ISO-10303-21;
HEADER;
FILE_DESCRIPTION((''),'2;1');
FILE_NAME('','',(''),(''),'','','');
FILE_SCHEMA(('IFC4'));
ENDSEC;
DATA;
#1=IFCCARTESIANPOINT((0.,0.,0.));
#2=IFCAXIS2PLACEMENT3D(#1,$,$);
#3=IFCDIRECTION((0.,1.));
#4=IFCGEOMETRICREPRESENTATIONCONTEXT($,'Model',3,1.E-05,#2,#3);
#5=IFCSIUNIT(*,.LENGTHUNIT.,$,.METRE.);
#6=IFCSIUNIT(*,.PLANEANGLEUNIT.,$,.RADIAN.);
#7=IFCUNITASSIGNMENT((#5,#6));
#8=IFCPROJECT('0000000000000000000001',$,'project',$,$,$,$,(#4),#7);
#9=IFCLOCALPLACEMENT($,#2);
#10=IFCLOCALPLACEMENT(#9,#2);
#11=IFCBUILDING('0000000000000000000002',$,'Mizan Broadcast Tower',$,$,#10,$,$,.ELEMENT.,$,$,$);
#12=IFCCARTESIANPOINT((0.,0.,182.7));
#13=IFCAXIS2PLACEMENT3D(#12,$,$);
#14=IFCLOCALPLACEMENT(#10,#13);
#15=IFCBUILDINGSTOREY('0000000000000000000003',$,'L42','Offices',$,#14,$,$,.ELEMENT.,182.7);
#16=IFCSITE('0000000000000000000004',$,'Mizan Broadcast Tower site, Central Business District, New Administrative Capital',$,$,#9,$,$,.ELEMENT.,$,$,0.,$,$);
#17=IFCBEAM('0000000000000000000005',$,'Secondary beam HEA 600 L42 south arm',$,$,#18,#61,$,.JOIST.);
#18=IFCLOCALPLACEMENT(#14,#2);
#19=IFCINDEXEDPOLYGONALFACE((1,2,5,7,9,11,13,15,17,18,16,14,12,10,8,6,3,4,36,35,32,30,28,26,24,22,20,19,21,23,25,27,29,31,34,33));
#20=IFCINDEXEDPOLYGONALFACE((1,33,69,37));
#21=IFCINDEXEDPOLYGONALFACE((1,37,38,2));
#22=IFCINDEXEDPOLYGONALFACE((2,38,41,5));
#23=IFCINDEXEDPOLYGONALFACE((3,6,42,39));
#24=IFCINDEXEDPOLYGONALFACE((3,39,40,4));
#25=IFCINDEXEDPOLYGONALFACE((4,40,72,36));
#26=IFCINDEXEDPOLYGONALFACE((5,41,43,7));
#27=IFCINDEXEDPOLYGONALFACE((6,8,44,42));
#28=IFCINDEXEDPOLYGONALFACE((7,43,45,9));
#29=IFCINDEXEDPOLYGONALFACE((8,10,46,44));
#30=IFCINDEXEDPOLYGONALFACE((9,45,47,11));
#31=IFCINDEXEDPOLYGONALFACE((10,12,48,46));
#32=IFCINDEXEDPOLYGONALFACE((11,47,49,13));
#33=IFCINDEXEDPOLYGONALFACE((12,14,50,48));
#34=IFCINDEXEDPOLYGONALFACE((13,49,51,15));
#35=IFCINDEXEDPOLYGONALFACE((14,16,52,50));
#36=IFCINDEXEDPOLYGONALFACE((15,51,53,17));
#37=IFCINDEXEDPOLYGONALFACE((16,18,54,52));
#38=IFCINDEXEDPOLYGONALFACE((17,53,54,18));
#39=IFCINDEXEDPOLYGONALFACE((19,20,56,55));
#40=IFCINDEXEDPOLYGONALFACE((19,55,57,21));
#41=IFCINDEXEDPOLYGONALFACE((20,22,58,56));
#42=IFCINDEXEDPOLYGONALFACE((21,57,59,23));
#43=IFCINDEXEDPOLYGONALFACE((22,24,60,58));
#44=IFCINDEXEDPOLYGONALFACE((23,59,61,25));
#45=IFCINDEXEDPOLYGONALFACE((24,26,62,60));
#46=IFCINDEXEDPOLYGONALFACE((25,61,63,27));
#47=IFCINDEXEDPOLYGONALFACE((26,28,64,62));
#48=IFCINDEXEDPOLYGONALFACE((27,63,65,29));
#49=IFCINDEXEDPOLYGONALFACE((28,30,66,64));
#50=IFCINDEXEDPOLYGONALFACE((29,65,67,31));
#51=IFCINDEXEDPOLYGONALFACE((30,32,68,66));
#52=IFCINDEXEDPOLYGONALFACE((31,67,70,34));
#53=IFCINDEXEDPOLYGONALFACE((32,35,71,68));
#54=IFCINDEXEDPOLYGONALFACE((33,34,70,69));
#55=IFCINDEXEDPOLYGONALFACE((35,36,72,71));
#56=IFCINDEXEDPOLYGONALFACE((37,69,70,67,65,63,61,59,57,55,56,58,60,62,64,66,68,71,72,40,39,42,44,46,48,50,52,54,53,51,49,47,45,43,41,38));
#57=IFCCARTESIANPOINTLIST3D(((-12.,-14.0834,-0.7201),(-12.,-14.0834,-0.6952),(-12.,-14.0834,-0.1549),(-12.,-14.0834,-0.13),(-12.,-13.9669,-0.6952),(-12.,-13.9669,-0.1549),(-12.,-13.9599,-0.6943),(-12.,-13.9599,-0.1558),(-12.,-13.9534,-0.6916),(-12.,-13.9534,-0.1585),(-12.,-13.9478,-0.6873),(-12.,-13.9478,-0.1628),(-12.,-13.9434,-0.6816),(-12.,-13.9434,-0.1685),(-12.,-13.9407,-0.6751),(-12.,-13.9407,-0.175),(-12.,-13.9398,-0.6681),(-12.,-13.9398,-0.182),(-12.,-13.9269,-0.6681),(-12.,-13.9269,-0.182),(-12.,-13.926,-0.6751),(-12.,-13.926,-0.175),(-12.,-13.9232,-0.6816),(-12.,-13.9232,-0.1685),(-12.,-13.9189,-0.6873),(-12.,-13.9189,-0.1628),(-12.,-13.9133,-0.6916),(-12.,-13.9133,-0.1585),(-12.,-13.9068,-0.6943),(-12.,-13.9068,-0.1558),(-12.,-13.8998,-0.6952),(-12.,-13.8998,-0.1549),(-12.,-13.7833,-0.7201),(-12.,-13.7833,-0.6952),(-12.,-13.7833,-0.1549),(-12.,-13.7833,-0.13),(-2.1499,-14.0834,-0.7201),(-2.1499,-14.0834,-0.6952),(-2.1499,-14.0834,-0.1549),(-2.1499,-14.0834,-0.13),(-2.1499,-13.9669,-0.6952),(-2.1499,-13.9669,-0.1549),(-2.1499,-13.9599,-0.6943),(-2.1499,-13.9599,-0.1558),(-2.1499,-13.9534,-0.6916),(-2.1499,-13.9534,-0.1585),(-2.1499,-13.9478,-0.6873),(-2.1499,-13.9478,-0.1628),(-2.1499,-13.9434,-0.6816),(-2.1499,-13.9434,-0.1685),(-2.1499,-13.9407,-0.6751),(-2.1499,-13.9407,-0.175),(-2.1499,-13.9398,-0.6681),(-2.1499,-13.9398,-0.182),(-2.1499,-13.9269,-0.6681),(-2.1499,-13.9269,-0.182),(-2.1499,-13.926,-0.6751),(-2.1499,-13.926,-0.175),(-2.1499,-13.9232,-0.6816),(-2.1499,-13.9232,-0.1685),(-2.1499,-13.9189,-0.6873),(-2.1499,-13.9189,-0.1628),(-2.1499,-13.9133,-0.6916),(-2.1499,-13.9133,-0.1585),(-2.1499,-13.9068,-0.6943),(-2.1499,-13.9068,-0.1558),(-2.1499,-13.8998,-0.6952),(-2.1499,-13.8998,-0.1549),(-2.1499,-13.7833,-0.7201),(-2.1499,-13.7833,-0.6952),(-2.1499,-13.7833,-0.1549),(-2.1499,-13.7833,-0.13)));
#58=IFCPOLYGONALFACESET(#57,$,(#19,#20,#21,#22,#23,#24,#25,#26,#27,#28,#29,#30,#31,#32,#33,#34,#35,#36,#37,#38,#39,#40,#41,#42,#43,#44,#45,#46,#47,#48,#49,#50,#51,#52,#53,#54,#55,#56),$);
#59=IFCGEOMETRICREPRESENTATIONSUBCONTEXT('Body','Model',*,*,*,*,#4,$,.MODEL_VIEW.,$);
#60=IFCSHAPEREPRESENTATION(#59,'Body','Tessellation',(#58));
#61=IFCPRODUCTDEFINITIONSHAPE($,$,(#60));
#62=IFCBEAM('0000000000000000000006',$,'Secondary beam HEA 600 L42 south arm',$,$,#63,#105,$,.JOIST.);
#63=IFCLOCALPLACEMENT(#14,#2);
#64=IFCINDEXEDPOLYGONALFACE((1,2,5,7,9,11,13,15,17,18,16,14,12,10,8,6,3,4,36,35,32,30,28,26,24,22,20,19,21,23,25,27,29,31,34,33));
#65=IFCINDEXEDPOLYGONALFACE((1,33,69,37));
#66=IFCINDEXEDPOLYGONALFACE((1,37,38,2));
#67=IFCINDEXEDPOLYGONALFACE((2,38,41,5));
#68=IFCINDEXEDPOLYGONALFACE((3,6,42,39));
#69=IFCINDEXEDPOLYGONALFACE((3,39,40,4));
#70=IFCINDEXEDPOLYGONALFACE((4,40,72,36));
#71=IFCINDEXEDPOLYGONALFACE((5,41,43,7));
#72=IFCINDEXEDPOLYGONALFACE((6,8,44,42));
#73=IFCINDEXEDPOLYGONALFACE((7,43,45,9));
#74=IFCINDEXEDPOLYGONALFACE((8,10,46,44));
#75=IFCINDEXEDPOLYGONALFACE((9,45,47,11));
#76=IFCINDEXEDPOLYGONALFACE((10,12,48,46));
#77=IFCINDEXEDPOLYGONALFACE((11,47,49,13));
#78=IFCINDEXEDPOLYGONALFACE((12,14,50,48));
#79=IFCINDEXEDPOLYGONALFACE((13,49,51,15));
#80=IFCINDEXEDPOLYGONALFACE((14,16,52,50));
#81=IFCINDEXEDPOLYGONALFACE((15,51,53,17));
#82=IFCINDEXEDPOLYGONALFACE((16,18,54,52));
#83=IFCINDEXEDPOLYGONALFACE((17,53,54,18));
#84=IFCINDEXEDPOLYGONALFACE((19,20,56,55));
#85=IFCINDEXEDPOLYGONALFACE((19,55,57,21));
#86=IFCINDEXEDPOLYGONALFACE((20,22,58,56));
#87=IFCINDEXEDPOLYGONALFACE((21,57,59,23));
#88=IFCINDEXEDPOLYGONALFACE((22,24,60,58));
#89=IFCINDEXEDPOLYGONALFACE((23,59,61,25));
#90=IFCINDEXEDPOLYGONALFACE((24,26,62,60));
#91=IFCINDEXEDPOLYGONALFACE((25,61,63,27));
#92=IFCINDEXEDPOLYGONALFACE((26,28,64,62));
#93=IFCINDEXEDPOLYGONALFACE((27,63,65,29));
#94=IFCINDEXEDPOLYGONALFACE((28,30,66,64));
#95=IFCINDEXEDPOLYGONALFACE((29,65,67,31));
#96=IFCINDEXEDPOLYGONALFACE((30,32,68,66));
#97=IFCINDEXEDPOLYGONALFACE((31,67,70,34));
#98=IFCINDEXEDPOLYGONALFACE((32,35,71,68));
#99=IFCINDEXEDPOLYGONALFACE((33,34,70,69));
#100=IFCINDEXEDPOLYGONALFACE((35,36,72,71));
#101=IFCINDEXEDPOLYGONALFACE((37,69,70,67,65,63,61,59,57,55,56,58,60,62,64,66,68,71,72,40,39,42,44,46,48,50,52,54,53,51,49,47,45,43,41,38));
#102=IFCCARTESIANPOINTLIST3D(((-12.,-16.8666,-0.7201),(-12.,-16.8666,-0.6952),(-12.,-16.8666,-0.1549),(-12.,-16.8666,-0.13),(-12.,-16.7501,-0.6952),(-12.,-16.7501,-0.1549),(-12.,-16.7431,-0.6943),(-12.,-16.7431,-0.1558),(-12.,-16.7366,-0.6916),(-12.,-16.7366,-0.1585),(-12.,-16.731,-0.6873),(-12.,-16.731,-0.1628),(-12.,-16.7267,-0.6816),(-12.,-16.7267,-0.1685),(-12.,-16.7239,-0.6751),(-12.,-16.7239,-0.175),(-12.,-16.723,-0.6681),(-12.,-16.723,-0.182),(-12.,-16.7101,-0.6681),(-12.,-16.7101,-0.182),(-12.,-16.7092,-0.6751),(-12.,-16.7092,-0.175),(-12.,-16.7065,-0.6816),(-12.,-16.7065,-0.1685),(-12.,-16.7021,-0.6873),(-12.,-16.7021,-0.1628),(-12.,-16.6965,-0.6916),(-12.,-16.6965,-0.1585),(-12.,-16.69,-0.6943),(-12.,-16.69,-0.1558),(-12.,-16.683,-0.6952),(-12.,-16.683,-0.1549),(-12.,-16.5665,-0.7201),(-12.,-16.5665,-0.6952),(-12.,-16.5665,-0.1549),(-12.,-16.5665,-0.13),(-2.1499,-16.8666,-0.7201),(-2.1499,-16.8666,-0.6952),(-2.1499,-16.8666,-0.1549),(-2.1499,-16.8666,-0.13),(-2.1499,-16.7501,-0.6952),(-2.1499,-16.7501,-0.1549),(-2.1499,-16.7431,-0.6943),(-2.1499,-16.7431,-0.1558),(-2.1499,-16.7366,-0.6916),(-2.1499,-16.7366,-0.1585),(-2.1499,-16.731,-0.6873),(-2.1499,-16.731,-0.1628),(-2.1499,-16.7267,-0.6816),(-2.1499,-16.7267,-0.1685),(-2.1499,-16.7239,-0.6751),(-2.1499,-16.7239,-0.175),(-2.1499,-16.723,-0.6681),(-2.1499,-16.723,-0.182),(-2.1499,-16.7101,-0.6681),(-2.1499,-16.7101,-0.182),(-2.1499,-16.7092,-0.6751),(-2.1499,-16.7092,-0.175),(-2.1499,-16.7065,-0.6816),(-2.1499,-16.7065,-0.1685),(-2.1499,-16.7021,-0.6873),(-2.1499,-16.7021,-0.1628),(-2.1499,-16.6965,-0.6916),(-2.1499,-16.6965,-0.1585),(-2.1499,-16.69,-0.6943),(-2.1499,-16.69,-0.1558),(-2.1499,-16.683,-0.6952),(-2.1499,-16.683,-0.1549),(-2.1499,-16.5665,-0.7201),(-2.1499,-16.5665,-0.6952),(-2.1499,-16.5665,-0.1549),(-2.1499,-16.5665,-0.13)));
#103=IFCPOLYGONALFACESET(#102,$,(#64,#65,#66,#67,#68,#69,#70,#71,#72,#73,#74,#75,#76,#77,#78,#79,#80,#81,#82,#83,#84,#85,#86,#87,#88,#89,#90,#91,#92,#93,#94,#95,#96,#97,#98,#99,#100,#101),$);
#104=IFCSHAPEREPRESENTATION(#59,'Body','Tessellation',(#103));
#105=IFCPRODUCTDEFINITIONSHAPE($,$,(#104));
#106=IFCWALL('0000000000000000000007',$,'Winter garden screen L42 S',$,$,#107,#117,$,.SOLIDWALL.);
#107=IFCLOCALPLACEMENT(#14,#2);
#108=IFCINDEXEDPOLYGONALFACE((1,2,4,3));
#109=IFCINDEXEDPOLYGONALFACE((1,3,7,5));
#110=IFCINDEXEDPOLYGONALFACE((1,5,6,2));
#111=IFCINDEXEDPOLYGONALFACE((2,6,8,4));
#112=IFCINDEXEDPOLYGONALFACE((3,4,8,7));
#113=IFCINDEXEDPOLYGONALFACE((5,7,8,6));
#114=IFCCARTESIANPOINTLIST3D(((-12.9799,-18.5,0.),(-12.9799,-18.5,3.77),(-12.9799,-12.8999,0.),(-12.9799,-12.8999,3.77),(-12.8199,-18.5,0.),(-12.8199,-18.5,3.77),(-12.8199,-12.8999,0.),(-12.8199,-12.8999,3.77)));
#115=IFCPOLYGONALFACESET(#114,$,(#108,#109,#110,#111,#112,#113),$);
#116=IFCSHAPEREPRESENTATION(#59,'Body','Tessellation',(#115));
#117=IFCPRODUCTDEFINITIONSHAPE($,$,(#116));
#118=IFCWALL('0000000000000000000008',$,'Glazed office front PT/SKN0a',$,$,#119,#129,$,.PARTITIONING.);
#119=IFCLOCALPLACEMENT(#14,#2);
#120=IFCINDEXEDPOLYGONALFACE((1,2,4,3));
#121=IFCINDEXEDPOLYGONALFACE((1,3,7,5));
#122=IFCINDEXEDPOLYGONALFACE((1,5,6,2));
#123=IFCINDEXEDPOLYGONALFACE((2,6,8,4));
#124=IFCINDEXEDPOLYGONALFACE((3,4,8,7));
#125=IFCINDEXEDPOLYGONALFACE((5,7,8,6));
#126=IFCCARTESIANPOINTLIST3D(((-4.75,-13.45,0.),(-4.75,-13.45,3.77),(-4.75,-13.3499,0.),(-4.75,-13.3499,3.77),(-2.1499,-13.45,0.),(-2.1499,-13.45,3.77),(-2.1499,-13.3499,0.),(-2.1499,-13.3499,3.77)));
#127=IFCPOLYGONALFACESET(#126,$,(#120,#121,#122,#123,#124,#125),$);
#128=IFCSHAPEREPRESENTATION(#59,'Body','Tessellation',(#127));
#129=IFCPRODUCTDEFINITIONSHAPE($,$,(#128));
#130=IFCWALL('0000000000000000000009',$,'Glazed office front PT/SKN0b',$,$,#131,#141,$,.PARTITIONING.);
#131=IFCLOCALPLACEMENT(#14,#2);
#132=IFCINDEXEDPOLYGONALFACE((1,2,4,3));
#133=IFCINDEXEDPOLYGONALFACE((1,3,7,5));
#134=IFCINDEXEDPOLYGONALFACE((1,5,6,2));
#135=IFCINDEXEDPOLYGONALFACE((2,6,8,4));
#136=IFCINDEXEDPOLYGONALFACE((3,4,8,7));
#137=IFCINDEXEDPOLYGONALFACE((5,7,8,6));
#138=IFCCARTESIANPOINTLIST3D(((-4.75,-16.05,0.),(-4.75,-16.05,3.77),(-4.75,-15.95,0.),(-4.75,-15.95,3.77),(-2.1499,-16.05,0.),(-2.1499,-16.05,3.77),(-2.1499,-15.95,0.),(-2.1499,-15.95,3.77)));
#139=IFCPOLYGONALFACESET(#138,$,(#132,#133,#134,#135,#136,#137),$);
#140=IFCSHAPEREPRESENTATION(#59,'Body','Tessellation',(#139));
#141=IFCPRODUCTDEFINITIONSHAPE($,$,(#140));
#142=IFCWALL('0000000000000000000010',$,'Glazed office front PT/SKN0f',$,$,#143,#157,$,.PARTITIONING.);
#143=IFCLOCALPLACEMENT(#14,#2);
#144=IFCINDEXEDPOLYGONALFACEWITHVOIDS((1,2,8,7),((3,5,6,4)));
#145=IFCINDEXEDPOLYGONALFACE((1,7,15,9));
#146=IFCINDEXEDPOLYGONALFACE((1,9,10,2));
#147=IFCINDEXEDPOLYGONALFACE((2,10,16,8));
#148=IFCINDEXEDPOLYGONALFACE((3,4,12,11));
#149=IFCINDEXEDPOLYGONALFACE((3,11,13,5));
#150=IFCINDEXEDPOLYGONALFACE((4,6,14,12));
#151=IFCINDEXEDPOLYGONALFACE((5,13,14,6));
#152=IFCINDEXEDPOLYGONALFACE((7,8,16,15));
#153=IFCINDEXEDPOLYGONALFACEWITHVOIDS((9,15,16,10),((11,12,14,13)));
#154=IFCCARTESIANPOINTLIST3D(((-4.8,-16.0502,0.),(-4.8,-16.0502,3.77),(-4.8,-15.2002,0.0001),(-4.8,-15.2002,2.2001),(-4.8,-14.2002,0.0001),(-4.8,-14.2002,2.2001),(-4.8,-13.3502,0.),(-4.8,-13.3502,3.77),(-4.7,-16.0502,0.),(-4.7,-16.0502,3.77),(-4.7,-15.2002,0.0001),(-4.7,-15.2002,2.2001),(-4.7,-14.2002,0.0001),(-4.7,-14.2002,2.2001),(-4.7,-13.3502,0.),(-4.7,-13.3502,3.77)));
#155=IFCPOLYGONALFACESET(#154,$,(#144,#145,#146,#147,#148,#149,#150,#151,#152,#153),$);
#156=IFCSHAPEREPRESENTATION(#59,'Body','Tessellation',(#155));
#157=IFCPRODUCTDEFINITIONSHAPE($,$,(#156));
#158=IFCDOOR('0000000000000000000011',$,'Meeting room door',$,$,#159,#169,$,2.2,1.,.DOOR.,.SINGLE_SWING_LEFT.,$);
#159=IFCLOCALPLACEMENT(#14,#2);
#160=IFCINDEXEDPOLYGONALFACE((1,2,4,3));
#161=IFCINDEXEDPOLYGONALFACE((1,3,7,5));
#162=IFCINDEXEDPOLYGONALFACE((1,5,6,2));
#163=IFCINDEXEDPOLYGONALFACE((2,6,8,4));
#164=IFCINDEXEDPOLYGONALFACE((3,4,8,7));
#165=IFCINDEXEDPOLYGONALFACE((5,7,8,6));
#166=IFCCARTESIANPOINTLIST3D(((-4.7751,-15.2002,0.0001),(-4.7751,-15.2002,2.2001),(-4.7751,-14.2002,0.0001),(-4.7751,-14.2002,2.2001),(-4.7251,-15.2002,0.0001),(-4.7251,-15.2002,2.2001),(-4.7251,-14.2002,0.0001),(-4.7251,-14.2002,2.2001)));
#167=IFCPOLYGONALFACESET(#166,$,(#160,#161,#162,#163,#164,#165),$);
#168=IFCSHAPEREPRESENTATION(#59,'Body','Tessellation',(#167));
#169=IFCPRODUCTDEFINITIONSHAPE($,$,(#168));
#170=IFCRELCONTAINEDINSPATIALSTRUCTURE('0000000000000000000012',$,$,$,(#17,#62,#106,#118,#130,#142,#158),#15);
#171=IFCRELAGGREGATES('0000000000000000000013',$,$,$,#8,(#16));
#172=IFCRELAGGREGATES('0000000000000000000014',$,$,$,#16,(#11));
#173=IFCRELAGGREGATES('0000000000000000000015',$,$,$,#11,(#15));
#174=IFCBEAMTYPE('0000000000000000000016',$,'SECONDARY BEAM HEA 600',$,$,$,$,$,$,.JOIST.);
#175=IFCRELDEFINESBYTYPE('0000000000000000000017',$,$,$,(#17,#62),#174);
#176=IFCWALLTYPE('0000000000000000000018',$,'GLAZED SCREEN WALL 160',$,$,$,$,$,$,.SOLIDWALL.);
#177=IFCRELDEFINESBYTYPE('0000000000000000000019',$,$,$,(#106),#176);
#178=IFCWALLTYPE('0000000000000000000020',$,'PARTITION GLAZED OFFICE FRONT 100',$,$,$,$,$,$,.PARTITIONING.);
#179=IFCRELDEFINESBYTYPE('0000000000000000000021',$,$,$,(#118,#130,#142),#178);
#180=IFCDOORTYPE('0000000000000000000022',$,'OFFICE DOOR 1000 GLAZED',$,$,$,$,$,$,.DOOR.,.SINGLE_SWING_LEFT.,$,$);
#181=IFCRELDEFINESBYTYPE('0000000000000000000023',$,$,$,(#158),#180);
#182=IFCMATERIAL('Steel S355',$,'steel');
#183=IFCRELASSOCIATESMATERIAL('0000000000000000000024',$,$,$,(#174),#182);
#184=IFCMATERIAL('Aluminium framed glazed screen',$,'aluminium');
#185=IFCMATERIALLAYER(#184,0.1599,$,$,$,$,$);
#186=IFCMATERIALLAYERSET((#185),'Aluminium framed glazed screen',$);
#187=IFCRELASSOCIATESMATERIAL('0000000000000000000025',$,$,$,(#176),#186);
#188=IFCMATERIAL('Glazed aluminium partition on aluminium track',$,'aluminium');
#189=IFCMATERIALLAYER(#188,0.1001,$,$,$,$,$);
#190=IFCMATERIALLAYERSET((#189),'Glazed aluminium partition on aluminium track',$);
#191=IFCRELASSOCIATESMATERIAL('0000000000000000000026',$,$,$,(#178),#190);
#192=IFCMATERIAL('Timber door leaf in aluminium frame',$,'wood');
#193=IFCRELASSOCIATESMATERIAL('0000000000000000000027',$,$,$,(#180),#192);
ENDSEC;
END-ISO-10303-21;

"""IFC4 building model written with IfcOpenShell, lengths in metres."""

from ifc_helpers import new_model, si_unit, direction, frame, frame_2d, origin, origin_2d, place, context, subcontext, project, spatial, rectangle, i_section, extrude, material, layer, layer_set, material_profile, profile_set, type_object, element, fill, save


model = new_model("IFC4")

# Units and contexts
model_context = context("Model", 3, precision=1e-05, world=origin(), true_north=direction((0.0, 1.0)))
body_context = subcontext(model_context, "Body", "Model", "MODEL_VIEW")
ifc_project = project(units=[si_unit("LENGTHUNIT", "METRE"), si_unit("PLANEANGLEUNIT", "RADIAN")], contexts=[model_context])

# Site, building, storey
site_placement = place(None, origin())
site = spatial("IfcSite", under=ifc_project, at=site_placement, Name="Mizan Broadcast Tower site, Central Business District, New Administrative Capital", CompositionType="ELEMENT", RefElevation=0.0)
building_placement = place(site_placement, origin())
building = spatial("IfcBuilding", under=site, at=building_placement, Name="Mizan Broadcast Tower", CompositionType="ELEMENT")
storey_placement = place(building_placement, frame((0.0, 0.0, 182.7)))
storey = spatial("IfcBuildingStorey", under=building, at=storey_placement, Name="L42", Description="Offices", CompositionType="ELEMENT", Elevation=182.7)

# Beams
ifc_material_1 = material(Name="Steel S355", Category="steel")
ifc_material_profile_1 = material_profile(ifc_material_1, i_section(OverallWidth=0.3, OverallDepth=0.5901, WebThickness=0.0129, FlangeThickness=0.0249, FilletRadius=0.0271, at=origin_2d()), Name="HEA 600")
ifc_profile_set_1 = profile_set([ifc_material_profile_1], Name="Steel S355")
beam_type_1 = type_object("IfcBeamType", Name="SECONDARY BEAM HEA 600", PredefinedType="JOIST", material=ifc_profile_set_1)
for number, where, z_axis, x_axis, name in (
    (1, (-12.0, -13.9333, -0.425), (1.0, 0.0, 0.0), (0.0, 1.0, 0.0), "Secondary beam HEA 600 L42 south arm"),
    (2, (-12.0, -16.7166, -0.425), (1.0, 0.0, 0.0), (0.0, 1.0, 0.0), "Secondary beam HEA 600 L42 south arm"),
):
    element("IfcBeam", number, at=place(storey_placement, frame(where, z_axis=z_axis, x_axis=x_axis)), inside=storey, type_object=beam_type_1, Name=name, PredefinedType="JOIST", context=body_context, shape_type="SweptSolid", body=[
        extrude(i_section(OverallWidth=0.3, OverallDepth=0.5901, WebThickness=0.0129, FlangeThickness=0.0249, FilletRadius=0.0271, at=origin_2d()), origin(), (0.0, 0.0, 1.0), 9.8501),
    ])

# Walls
ifc_material_2 = material(Name="Aluminium framed glazed screen", Category="aluminium")
ifc_layer_1 = layer(ifc_material_2, 0.1599)
ifc_layer_set_1 = layer_set([ifc_layer_1], Name="Aluminium framed glazed screen")
wall_type_1 = type_object("IfcWallType", Name="GLAZED SCREEN WALL 160", PredefinedType="SOLIDWALL", material=ifc_layer_set_1)
wall_1_placement = place(storey_placement, frame((-12.8999, -12.8999, 0.0), z_axis=(0.0, 0.0, 1.0), x_axis=(0.0, -1.0, 0.0)))
element("IfcWall", 3, at=wall_1_placement, inside=storey, type_object=wall_type_1, Name="Winter garden screen L42 S", PredefinedType="SOLIDWALL", context=body_context, shape_type="SweptSolid", body=[
    extrude(rectangle(XDim=5.6001, YDim=0.1599, at=frame_2d((2.8, 0.0))), origin(), (0.0, 0.0, 1.0), 3.77),
])
ifc_material_3 = material(Name="Glazed aluminium partition on aluminium track", Category="aluminium")
ifc_layer_2 = layer(ifc_material_3, 0.1001)
ifc_layer_set_2 = layer_set([ifc_layer_2], Name="Glazed aluminium partition on aluminium track")
wall_type_2 = type_object("IfcWallType", Name="PARTITION GLAZED OFFICE FRONT 100", PredefinedType="PARTITIONING", material=ifc_layer_set_2)
for number, where, z_axis, x_axis, name in (
    (4, (-2.1499, -13.3999, 0.0), (0.0, 0.0, 1.0), (-1.0, 0.0, 0.0), "Glazed office front PT/SKN0a"),
    (5, (-2.1499, -16.0, 0.0), (0.0, 0.0, 1.0), (-1.0, 0.0, 0.0), "Glazed office front PT/SKN0b"),
):
    element("IfcWall", number, at=place(storey_placement, frame(where, z_axis=z_axis, x_axis=x_axis)), inside=storey, type_object=wall_type_2, Name=name, PredefinedType="PARTITIONING", context=body_context, shape_type="SweptSolid", body=[
        extrude(rectangle(XDim=2.6001, YDim=0.1001, at=frame_2d((1.3, 0.0))), origin(), (0.0, 0.0, 1.0), 3.77),
    ])

# Wall, opening, door
wall_2_placement = place(storey_placement, frame((-4.75, -13.3501, 0.0), z_axis=(0.0, 0.0, 1.0), x_axis=(0.0, -1.0, 0.0)))
wall_2 = element("IfcWall", 6, at=wall_2_placement, inside=storey, type_object=wall_type_2, Name="Glazed office front PT/SKN0f", PredefinedType="PARTITIONING", context=body_context, shape_type="SweptSolid", body=[
    extrude(rectangle(XDim=2.7, YDim=0.1001, at=frame_2d((1.3501, 0.0))), origin(), (0.0, 0.0, 1.0), 3.77),
])
opening_placement = place(wall_2_placement, frame((0.8501, 0.0, 0.0)))
opening = element("IfcOpeningElement", 7, at=opening_placement, cuts=wall_2, PredefinedType="OPENING", context=body_context, shape_type="SweptSolid", body=[
    extrude(rectangle(XDim=1.0, YDim=2.2, at=frame_2d((0.5, 1.1001))), frame((0.0, 0.0601, 0.0), z_axis=(0.0, -1.0, 0.0), x_axis=(1.0, 0.0, 0.0)), (0.0, 0.0, 1.0), 0.1201),
])
ifc_material_4 = material(Name="Timber door leaf in aluminium frame", Category="wood")
door_type = type_object("IfcDoorType", Name="OFFICE DOOR 1000 GLAZED", OperationType="SINGLE_SWING_LEFT", PredefinedType="DOOR", material=ifc_material_4)
door_placement = place(opening_placement, origin())
door = element("IfcDoor", 8, at=door_placement, inside=storey, type_object=door_type, Name="Meeting room door", OperationType="SINGLE_SWING_LEFT", OverallHeight=2.2, OverallWidth=1.0, PredefinedType="DOOR", context=body_context, shape_type="SweptSolid", body=[
    extrude(rectangle(XDim=1.0, YDim=2.2, at=frame_2d((0.5, 1.1001))), frame((0.0, 0.0249, 0.0), z_axis=(0.0, -1.0, 0.0), x_axis=(1.0, 0.0, 0.0)), (0.0, 0.0, 1.0), 0.05),
])
fill(opening, door)

save(model, "model.ifc")
